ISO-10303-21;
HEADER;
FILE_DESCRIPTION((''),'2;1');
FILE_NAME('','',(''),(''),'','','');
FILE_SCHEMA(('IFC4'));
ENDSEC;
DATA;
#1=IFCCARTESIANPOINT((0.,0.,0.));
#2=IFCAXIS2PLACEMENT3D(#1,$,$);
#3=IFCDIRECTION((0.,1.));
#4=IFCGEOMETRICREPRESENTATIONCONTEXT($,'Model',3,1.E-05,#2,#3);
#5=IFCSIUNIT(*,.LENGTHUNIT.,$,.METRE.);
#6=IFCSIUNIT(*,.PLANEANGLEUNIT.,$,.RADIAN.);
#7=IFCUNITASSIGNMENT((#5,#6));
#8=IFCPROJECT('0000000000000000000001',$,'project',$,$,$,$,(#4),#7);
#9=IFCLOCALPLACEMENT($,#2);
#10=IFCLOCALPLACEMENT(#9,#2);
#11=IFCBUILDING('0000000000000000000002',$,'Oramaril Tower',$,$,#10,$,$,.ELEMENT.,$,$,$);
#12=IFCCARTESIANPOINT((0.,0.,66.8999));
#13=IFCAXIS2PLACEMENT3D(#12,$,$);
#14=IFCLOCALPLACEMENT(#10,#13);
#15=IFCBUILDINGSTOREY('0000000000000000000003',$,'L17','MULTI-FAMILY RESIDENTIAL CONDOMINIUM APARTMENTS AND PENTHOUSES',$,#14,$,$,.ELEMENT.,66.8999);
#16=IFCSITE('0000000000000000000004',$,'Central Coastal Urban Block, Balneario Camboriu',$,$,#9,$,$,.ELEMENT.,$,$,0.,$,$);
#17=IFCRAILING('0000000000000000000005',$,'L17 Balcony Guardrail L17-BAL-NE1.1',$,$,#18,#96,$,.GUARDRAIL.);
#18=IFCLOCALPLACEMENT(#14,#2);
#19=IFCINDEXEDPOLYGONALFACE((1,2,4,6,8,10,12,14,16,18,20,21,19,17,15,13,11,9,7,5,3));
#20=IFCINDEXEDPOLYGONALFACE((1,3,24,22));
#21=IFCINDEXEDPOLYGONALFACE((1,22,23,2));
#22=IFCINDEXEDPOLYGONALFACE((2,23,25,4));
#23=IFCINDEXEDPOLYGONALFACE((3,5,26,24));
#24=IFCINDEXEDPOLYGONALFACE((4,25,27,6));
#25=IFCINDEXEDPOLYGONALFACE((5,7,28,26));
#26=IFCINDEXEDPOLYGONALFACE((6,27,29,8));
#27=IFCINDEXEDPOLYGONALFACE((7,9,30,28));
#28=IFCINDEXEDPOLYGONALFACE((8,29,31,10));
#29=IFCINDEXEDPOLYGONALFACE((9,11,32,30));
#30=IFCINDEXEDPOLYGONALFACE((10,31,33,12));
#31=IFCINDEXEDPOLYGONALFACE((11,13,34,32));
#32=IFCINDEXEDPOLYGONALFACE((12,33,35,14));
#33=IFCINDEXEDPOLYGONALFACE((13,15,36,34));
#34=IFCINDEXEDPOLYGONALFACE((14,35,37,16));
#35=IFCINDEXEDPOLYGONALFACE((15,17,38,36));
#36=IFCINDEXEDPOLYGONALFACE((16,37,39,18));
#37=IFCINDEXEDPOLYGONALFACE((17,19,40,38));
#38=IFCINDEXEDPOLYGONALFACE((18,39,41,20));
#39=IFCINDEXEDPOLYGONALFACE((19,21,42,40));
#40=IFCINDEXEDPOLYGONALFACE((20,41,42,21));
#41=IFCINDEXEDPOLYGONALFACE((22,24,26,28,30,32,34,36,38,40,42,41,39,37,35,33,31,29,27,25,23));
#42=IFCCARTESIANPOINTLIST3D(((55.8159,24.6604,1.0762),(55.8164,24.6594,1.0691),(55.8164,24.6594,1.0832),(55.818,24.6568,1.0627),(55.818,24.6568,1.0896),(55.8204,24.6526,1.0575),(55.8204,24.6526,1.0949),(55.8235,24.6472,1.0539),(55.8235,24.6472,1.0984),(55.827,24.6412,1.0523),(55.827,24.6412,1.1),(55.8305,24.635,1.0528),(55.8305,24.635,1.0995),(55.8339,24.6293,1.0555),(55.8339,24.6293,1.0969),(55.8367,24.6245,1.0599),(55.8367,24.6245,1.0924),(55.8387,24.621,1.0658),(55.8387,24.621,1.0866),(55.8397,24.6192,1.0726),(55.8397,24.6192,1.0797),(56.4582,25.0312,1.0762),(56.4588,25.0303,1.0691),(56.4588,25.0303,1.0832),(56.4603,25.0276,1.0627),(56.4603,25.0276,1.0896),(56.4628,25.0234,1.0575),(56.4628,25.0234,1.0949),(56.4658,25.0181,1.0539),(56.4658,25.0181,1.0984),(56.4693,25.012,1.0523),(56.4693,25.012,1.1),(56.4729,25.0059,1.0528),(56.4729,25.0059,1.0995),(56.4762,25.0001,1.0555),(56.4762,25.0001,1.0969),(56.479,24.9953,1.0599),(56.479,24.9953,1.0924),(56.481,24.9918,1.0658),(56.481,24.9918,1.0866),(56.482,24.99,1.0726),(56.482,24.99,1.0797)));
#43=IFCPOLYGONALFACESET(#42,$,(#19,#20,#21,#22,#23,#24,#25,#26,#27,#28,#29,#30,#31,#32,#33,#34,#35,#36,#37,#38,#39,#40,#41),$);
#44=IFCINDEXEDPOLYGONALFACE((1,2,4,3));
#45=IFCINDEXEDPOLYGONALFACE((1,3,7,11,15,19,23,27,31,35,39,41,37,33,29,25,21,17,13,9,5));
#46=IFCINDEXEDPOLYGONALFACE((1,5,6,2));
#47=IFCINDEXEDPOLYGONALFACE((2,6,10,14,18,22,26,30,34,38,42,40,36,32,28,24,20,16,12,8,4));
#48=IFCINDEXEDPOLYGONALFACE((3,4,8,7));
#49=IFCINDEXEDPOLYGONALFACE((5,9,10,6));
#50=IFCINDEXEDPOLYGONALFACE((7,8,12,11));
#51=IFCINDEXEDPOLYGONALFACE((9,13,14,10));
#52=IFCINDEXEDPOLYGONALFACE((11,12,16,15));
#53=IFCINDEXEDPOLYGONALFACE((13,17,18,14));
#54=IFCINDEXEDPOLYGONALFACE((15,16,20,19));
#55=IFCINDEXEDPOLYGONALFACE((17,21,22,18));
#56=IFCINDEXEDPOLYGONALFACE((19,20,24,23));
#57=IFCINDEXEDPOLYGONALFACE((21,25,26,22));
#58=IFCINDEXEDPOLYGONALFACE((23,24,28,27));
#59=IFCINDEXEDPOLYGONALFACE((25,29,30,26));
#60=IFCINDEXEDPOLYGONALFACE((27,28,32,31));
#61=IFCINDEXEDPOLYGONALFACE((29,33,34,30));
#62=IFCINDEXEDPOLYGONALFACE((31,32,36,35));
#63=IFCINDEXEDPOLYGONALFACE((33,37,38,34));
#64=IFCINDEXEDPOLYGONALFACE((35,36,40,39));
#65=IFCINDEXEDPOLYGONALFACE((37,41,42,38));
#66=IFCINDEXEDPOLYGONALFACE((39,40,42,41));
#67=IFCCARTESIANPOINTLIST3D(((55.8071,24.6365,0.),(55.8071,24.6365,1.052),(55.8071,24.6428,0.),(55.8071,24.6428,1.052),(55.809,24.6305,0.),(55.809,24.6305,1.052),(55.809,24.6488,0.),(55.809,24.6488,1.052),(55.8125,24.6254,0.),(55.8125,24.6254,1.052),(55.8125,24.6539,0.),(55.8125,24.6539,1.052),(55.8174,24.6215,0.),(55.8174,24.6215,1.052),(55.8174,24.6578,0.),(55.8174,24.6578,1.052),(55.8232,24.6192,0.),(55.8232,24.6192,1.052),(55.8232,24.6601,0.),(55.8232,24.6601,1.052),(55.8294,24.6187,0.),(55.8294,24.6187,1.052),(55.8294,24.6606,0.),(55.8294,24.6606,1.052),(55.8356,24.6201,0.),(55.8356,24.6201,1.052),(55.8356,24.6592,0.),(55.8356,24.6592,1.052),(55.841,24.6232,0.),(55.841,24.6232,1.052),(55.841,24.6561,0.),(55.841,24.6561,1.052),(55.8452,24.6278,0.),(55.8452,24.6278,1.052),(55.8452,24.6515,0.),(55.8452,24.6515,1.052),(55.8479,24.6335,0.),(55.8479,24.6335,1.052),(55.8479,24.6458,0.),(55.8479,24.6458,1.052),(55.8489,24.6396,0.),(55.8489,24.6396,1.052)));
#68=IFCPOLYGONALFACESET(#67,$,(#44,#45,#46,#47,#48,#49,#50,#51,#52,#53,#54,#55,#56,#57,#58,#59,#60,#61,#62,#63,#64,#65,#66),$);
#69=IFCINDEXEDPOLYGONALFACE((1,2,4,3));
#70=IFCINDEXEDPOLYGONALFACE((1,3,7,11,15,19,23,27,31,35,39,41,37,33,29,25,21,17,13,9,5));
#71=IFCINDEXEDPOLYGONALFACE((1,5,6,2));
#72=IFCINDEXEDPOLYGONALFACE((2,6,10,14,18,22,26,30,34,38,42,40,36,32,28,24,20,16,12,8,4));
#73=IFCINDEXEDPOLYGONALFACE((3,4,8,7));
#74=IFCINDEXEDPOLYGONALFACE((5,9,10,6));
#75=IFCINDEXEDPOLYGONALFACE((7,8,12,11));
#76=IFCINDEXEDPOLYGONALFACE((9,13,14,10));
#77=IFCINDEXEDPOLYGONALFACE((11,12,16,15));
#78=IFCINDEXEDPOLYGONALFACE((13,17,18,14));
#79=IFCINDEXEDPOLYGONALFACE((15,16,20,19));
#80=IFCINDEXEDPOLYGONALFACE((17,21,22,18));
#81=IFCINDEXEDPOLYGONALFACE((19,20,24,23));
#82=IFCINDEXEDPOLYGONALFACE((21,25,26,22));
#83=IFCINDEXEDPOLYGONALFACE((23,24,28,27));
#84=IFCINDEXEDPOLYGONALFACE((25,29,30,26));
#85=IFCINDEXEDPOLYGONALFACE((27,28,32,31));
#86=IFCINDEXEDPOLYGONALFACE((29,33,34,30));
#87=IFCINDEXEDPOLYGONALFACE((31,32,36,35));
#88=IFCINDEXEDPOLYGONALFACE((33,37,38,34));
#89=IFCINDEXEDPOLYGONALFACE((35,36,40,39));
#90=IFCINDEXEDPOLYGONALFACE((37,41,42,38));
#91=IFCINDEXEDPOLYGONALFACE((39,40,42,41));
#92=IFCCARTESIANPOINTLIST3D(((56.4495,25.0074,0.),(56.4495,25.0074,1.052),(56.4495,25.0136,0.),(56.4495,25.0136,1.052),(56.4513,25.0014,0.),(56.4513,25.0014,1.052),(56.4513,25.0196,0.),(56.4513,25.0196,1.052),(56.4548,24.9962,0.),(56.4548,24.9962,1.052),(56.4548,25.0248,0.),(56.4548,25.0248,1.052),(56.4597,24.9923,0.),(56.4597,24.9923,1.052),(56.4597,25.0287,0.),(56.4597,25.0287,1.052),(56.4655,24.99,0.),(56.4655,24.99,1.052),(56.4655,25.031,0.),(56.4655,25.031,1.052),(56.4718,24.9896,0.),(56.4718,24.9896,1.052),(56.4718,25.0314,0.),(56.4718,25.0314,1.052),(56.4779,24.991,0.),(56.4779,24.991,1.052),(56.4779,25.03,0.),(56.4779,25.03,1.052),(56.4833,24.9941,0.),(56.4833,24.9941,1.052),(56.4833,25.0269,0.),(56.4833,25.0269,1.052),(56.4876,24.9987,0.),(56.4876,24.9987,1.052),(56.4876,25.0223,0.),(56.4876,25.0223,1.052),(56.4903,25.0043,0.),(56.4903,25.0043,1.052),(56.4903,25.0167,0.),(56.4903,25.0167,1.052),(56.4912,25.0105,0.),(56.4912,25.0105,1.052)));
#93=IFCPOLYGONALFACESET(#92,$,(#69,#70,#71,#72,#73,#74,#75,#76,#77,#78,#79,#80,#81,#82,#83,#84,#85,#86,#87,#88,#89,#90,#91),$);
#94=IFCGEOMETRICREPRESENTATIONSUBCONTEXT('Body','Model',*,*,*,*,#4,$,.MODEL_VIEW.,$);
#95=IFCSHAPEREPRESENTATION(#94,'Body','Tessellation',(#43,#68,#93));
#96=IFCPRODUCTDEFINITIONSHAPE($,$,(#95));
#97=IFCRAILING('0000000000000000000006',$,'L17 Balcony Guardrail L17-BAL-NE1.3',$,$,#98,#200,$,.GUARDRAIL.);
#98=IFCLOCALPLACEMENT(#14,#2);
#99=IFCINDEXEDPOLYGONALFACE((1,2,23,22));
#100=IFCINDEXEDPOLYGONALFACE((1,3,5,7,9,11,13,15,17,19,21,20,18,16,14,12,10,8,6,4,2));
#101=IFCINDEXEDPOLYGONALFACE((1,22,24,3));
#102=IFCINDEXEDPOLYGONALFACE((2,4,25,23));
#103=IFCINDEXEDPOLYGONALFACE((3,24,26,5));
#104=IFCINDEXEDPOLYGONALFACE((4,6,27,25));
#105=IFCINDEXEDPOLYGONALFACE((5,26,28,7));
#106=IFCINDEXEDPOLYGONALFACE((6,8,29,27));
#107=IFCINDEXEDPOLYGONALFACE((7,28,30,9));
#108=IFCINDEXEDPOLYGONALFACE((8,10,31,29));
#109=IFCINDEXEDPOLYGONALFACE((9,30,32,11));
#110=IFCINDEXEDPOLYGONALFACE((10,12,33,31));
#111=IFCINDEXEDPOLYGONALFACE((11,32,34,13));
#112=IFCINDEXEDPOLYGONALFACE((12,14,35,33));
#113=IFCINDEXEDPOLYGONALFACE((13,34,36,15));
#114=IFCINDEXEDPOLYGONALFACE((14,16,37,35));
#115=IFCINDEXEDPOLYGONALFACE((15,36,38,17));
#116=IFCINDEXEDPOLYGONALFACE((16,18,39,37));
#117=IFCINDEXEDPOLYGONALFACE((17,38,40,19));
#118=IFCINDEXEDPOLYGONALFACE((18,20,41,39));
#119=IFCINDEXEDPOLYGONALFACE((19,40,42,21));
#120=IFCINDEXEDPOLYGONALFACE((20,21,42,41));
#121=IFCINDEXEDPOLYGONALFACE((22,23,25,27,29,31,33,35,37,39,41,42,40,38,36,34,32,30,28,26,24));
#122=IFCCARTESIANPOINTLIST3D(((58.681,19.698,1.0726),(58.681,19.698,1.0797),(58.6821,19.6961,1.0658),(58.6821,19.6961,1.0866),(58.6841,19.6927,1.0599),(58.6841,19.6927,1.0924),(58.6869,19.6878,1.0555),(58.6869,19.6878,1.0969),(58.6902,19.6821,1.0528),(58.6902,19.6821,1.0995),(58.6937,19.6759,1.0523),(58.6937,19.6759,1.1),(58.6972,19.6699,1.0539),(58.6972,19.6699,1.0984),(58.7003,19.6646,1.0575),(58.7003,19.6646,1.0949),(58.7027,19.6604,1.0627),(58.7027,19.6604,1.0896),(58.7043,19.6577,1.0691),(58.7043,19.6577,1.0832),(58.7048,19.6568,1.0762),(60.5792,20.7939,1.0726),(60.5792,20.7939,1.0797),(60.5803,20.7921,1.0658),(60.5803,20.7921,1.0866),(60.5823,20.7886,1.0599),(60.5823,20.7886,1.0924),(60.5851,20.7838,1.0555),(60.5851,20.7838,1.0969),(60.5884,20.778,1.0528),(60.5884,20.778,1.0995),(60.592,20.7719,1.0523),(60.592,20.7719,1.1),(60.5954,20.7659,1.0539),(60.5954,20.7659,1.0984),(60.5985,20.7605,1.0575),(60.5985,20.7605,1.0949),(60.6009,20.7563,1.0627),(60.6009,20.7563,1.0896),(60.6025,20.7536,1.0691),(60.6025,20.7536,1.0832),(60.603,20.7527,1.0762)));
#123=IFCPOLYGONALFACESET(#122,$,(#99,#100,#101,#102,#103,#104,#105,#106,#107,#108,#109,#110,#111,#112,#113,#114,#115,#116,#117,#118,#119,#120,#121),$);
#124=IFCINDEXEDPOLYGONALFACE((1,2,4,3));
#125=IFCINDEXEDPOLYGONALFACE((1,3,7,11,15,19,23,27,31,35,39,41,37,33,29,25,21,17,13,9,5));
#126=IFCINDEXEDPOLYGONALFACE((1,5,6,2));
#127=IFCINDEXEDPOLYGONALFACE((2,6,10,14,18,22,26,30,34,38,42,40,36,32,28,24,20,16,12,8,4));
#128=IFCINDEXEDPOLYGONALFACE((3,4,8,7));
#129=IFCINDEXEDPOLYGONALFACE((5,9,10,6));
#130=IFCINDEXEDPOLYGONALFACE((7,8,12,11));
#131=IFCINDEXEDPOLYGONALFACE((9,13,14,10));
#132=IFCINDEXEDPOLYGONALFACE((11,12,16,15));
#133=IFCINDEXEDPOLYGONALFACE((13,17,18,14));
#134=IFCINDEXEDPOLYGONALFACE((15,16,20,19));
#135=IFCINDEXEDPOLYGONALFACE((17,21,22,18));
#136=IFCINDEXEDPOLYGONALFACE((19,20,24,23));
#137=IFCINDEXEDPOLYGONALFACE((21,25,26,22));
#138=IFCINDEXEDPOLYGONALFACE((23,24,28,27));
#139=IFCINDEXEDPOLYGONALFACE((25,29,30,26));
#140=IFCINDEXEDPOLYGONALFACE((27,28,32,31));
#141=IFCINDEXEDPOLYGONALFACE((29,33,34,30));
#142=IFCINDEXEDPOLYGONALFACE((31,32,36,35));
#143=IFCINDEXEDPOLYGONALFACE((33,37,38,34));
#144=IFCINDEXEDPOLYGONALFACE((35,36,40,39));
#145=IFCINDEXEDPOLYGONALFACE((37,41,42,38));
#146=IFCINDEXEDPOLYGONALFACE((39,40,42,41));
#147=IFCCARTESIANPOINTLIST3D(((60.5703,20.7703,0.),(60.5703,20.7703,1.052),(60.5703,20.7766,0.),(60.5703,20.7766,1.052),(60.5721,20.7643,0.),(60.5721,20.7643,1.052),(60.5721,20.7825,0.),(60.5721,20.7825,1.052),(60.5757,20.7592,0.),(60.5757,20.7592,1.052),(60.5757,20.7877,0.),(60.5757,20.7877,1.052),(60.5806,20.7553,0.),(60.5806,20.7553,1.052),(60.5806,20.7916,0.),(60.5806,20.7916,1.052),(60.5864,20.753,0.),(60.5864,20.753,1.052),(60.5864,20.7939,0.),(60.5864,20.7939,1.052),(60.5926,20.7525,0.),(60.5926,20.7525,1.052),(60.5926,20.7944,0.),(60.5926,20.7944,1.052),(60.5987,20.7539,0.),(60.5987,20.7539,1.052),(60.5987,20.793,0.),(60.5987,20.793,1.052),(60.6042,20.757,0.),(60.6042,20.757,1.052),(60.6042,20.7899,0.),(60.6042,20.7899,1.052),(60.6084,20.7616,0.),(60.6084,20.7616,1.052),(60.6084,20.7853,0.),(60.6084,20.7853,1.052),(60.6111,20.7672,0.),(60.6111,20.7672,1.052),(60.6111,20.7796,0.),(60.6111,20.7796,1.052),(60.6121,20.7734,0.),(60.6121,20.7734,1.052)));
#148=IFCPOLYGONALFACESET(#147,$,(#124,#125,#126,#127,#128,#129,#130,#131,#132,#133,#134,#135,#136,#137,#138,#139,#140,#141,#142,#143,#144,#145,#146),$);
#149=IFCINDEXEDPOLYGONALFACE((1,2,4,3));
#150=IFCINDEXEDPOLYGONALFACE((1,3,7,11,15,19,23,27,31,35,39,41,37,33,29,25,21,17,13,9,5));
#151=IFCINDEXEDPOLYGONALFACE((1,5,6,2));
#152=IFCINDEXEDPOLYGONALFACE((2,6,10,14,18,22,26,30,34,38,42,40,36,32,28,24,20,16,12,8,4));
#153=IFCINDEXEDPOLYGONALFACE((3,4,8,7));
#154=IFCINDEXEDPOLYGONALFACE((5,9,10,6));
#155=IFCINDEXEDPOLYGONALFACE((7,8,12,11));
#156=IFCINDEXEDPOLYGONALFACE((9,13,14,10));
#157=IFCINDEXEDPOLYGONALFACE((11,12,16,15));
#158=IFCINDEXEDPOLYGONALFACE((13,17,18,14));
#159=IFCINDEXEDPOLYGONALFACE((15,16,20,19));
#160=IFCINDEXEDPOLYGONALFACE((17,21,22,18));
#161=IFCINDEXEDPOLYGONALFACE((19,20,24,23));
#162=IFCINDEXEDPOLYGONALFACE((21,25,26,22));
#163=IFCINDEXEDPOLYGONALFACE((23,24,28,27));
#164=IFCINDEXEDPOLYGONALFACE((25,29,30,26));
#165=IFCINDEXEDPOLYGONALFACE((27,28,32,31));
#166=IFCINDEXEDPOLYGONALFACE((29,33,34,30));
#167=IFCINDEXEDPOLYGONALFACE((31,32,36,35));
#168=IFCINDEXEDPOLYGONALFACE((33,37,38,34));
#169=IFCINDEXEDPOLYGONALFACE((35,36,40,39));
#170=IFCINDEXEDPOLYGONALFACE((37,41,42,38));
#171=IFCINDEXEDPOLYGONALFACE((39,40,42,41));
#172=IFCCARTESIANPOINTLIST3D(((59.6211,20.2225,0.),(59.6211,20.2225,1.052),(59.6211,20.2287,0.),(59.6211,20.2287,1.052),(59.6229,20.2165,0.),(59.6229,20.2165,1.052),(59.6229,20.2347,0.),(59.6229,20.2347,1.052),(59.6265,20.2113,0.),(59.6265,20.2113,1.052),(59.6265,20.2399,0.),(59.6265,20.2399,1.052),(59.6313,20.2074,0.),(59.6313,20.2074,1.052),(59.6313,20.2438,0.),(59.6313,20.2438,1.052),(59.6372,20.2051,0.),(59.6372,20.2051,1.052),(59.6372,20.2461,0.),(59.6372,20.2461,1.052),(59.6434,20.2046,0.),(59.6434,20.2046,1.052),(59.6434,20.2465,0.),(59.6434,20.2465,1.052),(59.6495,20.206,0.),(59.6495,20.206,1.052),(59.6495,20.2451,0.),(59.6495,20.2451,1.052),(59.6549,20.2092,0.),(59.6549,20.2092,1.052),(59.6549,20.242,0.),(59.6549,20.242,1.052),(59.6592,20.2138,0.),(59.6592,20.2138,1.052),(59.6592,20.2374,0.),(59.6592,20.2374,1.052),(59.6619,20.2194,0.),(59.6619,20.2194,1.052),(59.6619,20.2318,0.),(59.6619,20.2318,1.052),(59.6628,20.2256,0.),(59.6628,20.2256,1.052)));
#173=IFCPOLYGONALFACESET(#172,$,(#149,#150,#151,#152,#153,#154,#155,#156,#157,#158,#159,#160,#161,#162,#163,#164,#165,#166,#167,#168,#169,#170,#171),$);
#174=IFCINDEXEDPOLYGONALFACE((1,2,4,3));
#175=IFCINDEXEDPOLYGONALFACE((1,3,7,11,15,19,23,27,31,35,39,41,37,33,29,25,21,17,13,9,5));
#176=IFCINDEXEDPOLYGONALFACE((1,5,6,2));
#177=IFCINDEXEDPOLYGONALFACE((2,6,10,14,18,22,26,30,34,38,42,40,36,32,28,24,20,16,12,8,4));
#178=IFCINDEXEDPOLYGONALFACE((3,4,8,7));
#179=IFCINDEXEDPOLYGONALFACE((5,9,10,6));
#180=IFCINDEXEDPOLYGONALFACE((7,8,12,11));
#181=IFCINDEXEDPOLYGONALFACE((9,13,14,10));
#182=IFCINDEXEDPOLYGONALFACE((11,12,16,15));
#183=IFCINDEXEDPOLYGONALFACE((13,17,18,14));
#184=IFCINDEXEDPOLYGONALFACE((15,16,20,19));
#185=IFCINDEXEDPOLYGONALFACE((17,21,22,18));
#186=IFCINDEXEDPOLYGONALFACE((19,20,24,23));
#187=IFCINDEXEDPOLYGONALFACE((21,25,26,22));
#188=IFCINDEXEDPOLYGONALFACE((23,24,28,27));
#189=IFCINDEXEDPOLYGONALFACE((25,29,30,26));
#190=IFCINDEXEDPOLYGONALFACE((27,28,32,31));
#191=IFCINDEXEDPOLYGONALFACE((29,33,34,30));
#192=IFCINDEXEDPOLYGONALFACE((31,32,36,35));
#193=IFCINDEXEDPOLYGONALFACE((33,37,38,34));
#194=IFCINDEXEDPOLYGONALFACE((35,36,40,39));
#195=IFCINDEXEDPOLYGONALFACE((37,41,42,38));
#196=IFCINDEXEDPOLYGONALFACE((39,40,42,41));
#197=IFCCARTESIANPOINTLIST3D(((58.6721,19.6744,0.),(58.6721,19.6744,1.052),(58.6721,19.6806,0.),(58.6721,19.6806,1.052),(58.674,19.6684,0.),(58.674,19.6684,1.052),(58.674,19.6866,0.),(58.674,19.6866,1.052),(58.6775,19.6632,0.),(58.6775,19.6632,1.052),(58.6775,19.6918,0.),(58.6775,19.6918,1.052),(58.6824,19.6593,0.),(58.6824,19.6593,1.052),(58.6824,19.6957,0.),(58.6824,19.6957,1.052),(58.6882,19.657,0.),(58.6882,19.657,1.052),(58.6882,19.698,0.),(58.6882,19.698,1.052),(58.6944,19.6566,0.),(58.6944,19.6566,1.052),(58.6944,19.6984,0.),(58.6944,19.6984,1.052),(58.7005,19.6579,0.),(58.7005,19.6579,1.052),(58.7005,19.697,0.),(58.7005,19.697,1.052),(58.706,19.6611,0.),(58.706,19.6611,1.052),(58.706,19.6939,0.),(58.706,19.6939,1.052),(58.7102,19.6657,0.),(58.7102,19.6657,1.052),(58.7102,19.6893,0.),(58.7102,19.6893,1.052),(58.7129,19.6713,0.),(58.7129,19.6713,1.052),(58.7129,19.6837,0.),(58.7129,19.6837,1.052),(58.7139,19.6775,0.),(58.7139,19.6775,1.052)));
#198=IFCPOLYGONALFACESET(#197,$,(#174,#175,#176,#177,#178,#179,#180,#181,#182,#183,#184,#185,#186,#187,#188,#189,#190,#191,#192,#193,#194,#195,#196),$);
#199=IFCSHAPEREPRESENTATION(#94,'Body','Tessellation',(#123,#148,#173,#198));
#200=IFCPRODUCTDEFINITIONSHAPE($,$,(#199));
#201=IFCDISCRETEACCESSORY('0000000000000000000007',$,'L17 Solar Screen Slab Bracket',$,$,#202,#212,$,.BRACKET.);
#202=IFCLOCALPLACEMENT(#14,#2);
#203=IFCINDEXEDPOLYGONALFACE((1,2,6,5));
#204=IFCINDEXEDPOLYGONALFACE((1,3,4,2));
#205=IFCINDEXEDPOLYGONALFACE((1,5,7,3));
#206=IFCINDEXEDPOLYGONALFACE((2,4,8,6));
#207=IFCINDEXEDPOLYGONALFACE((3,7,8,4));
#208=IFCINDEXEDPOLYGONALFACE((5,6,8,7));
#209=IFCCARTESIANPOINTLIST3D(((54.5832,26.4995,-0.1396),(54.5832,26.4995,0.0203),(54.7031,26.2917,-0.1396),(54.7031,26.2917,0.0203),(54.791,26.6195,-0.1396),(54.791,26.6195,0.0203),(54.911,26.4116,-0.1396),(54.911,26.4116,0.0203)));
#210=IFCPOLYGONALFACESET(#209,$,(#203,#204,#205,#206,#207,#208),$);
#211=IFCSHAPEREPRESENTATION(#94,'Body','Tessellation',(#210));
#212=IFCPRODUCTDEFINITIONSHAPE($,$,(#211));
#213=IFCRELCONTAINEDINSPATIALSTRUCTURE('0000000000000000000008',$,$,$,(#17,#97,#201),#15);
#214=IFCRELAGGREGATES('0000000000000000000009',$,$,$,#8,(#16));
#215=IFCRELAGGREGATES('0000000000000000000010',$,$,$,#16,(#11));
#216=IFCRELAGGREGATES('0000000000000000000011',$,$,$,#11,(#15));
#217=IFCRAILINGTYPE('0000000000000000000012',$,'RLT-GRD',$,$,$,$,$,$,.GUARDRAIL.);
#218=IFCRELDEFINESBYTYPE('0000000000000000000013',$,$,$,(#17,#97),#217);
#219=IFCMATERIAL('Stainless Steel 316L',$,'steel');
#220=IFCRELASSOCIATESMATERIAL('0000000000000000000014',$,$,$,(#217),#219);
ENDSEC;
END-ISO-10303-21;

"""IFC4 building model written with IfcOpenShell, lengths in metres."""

from ifc_helpers import new_model, si_unit, direction, frame, origin, origin_2d, place, context, subcontext, project, spatial, rectangle, circle, extrude, material, type_object, element, save


model = new_model("IFC4")

# Units and contexts
model_context = context("Model", 3, precision=1e-05, world=origin(), true_north=direction((0.0, 1.0)))
body_context = subcontext(model_context, "Body", "Model", "MODEL_VIEW")
ifc_project = project(units=[si_unit("LENGTHUNIT", "METRE"), si_unit("PLANEANGLEUNIT", "RADIAN")], contexts=[model_context])

# Site, building, storey
site_placement = place(None, origin())
site = spatial("IfcSite", under=ifc_project, at=site_placement, Name="Central Coastal Urban Block, Balneario Camboriu", CompositionType="ELEMENT", RefElevation=0.0)
building_placement = place(site_placement, origin())
building = spatial("IfcBuilding", under=site, at=building_placement, Name="Oramaril Tower", CompositionType="ELEMENT")
storey_placement = place(building_placement, frame((0.0, 0.0, 66.8999)))
storey = spatial("IfcBuildingStorey", under=building, at=storey_placement, Name="L17", Description="MULTI-FAMILY RESIDENTIAL CONDOMINIUM APARTMENTS AND PENTHOUSES", CompositionType="ELEMENT", Elevation=66.8999)

# Railings
ifc_material_1 = material(Name="Stainless Steel 316L", Category="steel")
railing_type = type_object("IfcRailingType", Name="RLT-GRD", PredefinedType="GUARDRAIL", material=ifc_material_1)
railing_1_placement = place(storey_placement, frame((55.8279, 24.6396, 0.0)))
element("IfcRailing", 1, at=railing_1_placement, inside=storey, type_object=railing_type, Name="L17 Balcony Guardrail L17-BAL-NE1.1", PredefinedType="GUARDRAIL", context=body_context, shape_type="SweptSolid", body=[
    extrude(circle(Radius=0.0239, at=origin_2d()), frame((0.0, 0.0, 1.0762), z_axis=(0.866027, 0.499998, 0.0), x_axis=(-0.499998, 0.866027, 0.0)), (0.0, 0.0, 1.0), 0.7417),
    extrude(circle(Radius=0.021, at=origin_2d()), origin(), (0.0, 0.0, 1.0), 1.052),
    extrude(circle(Radius=0.021, at=origin_2d()), frame((0.6423, 0.3708, 0.0)), (0.0, 0.0, 1.0), 1.052),
])
railing_2_placement = place(storey_placement, frame((60.5911, 20.7734, 0.0)))
element("IfcRailing", 2, at=railing_2_placement, inside=storey, type_object=railing_type, Name="L17 Balcony Guardrail L17-BAL-NE1.3", PredefinedType="GUARDRAIL", context=body_context, shape_type="SweptSolid", body=[
    extrude(circle(Radius=0.0239, at=origin_2d()), frame((0.0, 0.0, 1.0762), z_axis=(-0.866021, -0.500008, 0.0), x_axis=(0.500008, -0.866021, 0.0)), (0.0, 0.0, 1.0), 2.1919),
    extrude(circle(Radius=0.021, at=origin_2d()), origin(), (0.0, 0.0, 1.0), 1.052),
    extrude(circle(Radius=0.021, at=origin_2d()), frame((-0.9492, -0.5479, 0.0)), (0.0, 0.0, 1.0), 1.052),
    extrude(circle(Radius=0.021, at=origin_2d()), frame((-1.8982, -1.0959, 0.0)), (0.0, 0.0, 1.0), 1.052),
])

# Discrete accessory
discrete_accessory_placement = place(storey_placement, frame((54.7471, 26.4556, -0.1396), z_axis=(0.0, 0.0, 1.0), x_axis=(-0.5, 0.866025, 0.0)))
element("IfcDiscreteAccessory", 3, at=discrete_accessory_placement, inside=storey, Name="L17 Solar Screen Slab Bracket", PredefinedType="BRACKET", context=body_context, shape_type="SweptSolid", body=[
    extrude(rectangle(XDim=0.24, YDim=0.24, at=origin_2d()), origin(), (0.0, 0.0, 1.0), 0.1599),
])

save(model, "model.ifc")
